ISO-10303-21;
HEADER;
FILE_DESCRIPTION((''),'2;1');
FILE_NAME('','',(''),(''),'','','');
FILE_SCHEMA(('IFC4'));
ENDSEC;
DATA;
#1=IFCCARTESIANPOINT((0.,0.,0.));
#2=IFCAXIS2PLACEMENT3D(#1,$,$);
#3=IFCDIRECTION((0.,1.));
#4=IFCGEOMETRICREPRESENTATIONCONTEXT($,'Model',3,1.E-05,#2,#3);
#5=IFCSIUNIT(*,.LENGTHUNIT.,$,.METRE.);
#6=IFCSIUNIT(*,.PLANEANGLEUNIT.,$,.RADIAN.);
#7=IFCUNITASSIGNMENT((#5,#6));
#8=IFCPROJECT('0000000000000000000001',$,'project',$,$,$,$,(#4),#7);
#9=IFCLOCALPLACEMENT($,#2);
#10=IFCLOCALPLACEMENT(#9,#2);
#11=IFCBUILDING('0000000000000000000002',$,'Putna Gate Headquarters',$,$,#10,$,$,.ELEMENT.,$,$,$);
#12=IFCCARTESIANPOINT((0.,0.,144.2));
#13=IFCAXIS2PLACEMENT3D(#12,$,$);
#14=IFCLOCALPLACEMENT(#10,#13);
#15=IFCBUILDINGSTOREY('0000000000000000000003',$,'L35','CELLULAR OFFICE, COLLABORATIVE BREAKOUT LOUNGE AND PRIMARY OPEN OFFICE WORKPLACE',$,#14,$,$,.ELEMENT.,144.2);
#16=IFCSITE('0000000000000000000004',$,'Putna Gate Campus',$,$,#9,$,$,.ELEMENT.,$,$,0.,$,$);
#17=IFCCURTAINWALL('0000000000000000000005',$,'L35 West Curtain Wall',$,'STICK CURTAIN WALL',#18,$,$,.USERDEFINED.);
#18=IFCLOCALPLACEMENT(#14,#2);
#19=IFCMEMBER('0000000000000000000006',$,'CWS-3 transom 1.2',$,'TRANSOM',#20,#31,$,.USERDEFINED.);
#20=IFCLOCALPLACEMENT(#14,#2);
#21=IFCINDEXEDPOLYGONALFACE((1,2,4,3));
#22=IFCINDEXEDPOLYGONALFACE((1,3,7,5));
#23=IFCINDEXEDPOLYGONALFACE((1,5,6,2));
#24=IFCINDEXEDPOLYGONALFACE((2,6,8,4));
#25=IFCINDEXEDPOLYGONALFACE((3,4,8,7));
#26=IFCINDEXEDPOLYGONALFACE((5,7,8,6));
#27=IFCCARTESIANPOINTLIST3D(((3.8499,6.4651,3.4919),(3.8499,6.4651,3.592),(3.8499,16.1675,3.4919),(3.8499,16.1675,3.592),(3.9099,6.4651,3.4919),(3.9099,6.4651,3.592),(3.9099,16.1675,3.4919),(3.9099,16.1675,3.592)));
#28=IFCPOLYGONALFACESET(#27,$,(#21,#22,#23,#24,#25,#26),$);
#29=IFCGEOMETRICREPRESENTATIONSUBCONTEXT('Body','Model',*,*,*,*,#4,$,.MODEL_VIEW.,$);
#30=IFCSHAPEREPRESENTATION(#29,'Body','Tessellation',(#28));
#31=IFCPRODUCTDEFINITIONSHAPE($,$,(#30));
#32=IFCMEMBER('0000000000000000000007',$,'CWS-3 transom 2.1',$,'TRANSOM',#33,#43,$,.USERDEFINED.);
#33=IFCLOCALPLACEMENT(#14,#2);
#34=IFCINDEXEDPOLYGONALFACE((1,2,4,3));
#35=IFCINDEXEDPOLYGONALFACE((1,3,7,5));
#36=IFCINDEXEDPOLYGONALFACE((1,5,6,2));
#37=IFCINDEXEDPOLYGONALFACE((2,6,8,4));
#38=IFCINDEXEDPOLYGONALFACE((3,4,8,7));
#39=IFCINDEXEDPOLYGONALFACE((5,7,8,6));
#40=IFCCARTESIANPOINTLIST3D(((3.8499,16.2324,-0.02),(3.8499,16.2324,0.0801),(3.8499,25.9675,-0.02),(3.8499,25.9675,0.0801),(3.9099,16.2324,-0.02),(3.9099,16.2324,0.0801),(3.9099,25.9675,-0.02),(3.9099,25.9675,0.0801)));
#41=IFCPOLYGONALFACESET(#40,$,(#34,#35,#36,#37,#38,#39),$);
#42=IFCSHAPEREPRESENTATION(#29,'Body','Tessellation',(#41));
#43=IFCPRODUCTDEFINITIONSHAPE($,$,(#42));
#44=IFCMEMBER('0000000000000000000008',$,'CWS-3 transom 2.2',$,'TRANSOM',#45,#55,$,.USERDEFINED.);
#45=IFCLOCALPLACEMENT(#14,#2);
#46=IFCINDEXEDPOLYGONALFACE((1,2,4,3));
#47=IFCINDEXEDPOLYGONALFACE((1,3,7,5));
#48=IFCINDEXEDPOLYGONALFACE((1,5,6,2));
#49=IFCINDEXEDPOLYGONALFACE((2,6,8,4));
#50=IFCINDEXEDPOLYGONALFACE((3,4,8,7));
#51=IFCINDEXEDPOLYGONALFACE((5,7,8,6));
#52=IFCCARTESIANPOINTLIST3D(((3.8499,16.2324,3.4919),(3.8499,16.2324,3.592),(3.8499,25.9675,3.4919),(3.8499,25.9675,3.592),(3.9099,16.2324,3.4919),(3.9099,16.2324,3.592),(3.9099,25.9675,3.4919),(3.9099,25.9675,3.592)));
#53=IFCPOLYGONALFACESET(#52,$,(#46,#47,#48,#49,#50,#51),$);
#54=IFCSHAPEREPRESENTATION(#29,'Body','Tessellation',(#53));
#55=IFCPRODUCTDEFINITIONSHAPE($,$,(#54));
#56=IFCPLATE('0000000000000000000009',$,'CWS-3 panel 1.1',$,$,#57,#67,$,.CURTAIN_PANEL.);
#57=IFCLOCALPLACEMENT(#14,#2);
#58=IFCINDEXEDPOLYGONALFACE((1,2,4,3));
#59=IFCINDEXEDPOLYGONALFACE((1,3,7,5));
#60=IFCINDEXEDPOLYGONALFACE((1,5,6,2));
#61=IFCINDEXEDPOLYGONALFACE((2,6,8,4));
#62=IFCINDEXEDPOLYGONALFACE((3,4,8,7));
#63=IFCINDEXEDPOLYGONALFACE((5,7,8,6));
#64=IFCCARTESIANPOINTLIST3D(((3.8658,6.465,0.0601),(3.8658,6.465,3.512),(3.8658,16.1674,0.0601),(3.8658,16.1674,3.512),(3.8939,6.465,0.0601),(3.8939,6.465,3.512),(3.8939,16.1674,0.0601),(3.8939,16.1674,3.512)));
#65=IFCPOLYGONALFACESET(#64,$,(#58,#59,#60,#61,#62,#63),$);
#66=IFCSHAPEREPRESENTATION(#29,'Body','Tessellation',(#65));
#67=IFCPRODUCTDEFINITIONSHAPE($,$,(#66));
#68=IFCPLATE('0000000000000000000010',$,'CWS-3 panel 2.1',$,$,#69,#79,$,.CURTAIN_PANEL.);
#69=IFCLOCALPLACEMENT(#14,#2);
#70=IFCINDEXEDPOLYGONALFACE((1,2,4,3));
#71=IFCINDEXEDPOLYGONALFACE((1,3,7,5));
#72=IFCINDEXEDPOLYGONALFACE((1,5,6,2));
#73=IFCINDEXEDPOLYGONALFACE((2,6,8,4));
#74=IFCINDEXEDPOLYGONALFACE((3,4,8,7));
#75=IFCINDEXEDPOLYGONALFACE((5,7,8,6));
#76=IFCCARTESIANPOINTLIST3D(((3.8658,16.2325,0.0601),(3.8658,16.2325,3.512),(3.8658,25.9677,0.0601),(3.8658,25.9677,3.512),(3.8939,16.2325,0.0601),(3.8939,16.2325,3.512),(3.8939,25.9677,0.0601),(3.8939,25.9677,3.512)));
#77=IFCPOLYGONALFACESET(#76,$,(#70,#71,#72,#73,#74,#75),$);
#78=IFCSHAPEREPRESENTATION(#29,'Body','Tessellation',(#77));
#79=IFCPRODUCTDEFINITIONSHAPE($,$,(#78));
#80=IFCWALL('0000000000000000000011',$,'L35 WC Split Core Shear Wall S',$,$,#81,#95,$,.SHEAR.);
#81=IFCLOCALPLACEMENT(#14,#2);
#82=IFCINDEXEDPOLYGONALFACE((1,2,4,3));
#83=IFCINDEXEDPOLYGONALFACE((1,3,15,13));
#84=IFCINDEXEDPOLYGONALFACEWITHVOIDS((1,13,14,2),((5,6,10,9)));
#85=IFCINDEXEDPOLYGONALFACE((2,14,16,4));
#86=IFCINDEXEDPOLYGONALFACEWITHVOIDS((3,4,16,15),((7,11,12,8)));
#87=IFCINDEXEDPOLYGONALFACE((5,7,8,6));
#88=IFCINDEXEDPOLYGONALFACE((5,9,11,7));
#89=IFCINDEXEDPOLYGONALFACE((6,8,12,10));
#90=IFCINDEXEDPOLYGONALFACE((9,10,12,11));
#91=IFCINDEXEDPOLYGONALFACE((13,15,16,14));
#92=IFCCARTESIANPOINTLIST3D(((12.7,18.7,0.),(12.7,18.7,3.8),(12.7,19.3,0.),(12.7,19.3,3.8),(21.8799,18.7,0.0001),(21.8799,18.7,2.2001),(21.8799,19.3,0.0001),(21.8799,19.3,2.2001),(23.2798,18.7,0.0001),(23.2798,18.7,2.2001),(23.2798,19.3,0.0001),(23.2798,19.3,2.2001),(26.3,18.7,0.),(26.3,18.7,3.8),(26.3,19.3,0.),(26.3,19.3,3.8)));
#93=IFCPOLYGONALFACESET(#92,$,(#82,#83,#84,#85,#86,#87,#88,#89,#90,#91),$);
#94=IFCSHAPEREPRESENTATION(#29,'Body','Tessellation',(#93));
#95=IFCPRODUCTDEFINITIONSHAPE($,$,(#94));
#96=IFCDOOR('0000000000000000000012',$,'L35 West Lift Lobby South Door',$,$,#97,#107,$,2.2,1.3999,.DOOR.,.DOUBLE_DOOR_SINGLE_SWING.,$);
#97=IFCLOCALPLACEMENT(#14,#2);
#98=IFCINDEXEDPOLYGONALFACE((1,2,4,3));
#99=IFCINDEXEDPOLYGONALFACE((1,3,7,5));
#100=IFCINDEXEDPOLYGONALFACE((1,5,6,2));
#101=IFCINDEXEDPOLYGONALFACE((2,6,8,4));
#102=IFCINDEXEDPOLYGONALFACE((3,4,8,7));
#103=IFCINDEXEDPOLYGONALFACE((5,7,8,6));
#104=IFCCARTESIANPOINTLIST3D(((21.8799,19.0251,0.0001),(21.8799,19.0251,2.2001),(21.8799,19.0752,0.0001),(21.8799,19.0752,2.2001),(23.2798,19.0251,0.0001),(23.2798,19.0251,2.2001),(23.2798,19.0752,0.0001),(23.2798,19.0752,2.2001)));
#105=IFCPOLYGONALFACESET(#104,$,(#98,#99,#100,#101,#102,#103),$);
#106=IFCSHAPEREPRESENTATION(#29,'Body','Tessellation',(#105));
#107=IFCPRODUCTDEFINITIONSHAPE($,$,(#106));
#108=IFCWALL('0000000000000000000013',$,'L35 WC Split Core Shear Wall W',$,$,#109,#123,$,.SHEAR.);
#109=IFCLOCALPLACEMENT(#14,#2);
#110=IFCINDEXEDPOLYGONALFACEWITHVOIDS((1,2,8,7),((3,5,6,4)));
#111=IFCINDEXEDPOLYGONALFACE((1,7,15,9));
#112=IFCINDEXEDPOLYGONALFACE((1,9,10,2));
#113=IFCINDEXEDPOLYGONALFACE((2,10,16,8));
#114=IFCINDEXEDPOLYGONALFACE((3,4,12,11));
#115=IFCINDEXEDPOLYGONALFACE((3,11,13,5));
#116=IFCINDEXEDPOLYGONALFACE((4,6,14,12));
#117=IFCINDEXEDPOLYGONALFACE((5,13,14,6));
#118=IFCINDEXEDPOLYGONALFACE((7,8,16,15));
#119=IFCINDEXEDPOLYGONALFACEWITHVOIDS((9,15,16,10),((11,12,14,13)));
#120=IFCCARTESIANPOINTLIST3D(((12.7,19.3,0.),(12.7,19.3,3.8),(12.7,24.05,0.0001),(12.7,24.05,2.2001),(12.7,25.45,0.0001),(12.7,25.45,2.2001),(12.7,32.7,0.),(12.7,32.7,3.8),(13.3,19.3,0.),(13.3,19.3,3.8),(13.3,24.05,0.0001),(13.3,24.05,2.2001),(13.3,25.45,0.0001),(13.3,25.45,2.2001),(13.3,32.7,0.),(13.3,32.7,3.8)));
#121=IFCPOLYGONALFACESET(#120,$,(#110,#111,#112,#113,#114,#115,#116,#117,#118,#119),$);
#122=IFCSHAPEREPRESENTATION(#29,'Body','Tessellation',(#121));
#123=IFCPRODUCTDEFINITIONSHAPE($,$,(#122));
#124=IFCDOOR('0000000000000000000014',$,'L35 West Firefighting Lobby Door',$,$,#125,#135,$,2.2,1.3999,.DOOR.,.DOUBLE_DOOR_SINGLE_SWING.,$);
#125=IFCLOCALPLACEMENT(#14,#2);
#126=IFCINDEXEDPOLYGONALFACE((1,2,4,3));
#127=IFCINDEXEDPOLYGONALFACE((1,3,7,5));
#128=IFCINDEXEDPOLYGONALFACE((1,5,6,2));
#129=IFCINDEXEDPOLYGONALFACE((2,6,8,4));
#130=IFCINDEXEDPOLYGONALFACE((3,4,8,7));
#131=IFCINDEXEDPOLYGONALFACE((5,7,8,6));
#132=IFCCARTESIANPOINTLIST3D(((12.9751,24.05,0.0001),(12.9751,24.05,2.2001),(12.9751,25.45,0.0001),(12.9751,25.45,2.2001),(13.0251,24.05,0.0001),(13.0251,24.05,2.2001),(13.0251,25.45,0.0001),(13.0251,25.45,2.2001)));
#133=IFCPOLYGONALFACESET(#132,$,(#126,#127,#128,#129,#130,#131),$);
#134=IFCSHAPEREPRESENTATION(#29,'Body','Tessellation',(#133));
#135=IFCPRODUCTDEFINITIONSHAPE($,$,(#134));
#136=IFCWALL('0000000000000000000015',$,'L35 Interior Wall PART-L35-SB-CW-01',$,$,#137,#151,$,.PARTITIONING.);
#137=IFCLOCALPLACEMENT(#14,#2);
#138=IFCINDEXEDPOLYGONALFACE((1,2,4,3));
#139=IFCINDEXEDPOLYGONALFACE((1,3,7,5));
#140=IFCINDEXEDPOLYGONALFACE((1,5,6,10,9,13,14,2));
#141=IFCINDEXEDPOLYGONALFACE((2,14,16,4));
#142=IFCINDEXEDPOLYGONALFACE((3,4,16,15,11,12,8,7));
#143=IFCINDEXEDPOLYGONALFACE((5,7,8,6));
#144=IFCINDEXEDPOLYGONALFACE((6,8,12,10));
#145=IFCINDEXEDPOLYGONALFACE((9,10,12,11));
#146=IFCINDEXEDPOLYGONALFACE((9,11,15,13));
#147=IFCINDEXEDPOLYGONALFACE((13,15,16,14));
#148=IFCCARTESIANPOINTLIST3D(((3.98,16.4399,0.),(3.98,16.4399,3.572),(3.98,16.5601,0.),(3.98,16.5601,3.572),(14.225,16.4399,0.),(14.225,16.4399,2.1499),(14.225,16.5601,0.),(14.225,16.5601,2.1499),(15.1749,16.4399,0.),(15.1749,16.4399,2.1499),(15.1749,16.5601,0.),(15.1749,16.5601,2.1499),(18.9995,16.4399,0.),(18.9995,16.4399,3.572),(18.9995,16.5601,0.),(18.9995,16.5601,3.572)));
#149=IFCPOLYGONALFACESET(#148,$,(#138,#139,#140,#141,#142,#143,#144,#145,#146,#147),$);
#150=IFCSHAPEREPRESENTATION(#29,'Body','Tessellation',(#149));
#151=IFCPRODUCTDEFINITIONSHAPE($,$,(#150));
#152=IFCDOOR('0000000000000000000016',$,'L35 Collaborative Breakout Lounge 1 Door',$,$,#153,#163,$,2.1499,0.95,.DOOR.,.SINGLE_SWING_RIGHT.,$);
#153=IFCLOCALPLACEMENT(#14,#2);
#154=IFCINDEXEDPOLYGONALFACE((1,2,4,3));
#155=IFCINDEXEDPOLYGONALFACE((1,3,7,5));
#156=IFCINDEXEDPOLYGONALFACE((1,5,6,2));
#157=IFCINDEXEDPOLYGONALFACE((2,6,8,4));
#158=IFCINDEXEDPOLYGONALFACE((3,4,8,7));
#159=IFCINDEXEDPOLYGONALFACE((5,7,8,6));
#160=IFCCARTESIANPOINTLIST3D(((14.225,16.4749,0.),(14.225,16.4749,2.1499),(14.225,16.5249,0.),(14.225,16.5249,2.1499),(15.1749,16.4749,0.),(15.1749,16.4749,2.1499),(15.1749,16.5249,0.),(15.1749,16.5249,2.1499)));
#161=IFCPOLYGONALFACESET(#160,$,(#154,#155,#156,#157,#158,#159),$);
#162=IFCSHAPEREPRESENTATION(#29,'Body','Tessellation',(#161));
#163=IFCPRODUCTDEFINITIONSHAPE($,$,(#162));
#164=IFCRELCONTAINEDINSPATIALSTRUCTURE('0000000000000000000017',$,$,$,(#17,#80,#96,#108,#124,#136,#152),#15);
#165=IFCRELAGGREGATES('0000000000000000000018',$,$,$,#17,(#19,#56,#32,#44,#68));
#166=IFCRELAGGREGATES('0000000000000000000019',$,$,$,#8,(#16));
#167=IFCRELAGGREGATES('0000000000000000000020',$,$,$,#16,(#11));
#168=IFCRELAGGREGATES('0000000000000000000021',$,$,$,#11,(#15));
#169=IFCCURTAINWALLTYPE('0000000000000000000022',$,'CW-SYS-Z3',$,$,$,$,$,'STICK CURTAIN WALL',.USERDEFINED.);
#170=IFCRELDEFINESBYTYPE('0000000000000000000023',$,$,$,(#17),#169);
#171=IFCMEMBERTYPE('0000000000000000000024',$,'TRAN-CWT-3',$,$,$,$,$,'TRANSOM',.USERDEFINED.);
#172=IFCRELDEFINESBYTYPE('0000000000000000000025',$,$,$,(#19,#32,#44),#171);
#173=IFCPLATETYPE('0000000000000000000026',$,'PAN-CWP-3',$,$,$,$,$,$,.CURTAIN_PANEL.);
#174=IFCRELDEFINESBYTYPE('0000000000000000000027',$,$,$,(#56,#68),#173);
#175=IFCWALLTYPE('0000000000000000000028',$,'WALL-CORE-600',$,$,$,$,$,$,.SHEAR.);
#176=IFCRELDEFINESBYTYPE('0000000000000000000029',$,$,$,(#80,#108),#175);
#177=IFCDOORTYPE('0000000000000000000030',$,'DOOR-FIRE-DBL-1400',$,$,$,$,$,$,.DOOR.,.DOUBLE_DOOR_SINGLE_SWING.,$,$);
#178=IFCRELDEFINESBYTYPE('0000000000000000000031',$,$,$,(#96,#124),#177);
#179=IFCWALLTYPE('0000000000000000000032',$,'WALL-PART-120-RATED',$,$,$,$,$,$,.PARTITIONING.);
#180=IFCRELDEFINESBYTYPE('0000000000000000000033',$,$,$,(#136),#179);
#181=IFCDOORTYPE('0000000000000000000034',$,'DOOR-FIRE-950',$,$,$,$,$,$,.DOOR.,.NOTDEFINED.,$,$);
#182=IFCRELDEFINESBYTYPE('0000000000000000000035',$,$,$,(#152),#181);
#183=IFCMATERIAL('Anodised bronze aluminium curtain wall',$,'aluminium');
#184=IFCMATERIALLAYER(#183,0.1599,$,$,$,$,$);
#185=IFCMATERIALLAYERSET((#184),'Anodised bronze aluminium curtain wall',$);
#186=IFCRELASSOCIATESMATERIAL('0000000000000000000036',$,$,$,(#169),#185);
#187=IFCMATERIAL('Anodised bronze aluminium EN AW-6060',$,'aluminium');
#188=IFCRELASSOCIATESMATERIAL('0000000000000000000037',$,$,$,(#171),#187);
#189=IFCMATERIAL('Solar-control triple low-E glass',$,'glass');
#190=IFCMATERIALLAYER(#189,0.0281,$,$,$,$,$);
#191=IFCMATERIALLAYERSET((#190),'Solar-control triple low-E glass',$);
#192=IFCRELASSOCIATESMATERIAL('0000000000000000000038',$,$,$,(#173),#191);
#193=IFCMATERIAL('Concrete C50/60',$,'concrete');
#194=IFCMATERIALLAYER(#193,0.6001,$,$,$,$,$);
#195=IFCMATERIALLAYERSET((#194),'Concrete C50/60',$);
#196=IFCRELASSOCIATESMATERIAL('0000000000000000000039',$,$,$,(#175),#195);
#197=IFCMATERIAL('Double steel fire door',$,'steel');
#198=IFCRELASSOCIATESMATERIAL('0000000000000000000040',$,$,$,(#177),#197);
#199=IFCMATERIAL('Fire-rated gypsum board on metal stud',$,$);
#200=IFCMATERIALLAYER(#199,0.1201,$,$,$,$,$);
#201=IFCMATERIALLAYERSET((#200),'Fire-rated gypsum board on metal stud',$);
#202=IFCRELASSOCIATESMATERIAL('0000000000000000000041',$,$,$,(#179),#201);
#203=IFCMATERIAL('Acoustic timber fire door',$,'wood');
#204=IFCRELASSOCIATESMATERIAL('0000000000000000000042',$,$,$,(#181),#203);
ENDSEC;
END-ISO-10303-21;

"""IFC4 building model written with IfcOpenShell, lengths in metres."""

from ifc_helpers import new_model, si_unit, direction, frame, frame_2d, origin, origin_2d, place, context, subcontext, project, spatial, rectangle, extrude, material, layer, layer_set, material_profile, profile_set, type_object, element, fill, aggregate, save


model = new_model("IFC4")

# Units and contexts
model_context = context("Model", 3, precision=1e-05, world=origin(), true_north=direction((0.0, 1.0)))
body_context = subcontext(model_context, "Body", "Model", "MODEL_VIEW")
ifc_project = project(units=[si_unit("LENGTHUNIT", "METRE"), si_unit("PLANEANGLEUNIT", "RADIAN")], contexts=[model_context])

# Site, building, storey
site_placement = place(None, origin())
site = spatial("IfcSite", under=ifc_project, at=site_placement, Name="Putna Gate Campus", CompositionType="ELEMENT", RefElevation=0.0)
building_placement = place(site_placement, origin())
building = spatial("IfcBuilding", under=site, at=building_placement, Name="Putna Gate Headquarters", CompositionType="ELEMENT")
storey_placement = place(building_placement, frame((0.0, 0.0, 144.2)))
storey = spatial("IfcBuildingStorey", under=building, at=storey_placement, Name="L35", Description="CELLULAR OFFICE, COLLABORATIVE BREAKOUT LOUNGE AND PRIMARY OPEN OFFICE WORKPLACE", CompositionType="ELEMENT", Elevation=144.2)

# Shared definitions
ifc_material_1 = material(Name="Concrete C50/60", Category="concrete")

# Curtain wall, members, plates
ifc_material_2 = material(Name="Anodised bronze aluminium curtain wall", Category="aluminium")
ifc_layer_1 = layer(ifc_material_2, 0.1599)
ifc_layer_set_1 = layer_set([ifc_layer_1], Name="Anodised bronze aluminium curtain wall")
curtain_wall_type = type_object("IfcCurtainWallType", Name="CW-SYS-Z3", ElementType="STICK CURTAIN WALL", PredefinedType="USERDEFINED", material=ifc_layer_set_1)
curtain_wall_placement = place(storey_placement, origin())
curtain_wall = element("IfcCurtainWall", 1, at=curtain_wall_placement, inside=storey, type_object=curtain_wall_type, Name="L35 West Curtain Wall", ObjectType="STICK CURTAIN WALL", PredefinedType="USERDEFINED")
ifc_material_3 = material(Name="Anodised bronze aluminium EN AW-6060", Category="aluminium")
ifc_material_profile_1 = material_profile(ifc_material_3, rectangle(XDim=0.0601, YDim=0.1001, at=origin_2d()), Name="Anodised bronze aluminium EN AW-6060")
ifc_profile_set_1 = profile_set([ifc_material_profile_1], Name="Anodised bronze aluminium EN AW-6060")
member_type_1 = type_object("IfcMemberType", Name="TRAN-CWT-3", ElementType="TRANSOM", PredefinedType="USERDEFINED", material=ifc_profile_set_1)
member_1_placement = place(storey_placement, frame((3.8799, 6.4651, 3.542), z_axis=(0.0, 1.0, 0.0), x_axis=(-1.0, 0.0, 0.0)))
member_1 = element("IfcMember", 2, at=member_1_placement, type_object=member_type_1, Name="CWS-3 transom 1.2", ObjectType="TRANSOM", PredefinedType="USERDEFINED", context=body_context, shape_type="SweptSolid", body=[
    extrude(rectangle(XDim=0.0601, YDim=0.1001, at=origin_2d()), origin(), (0.0, 0.0, 1.0), 9.7024),
])
member_2_placement = place(storey_placement, frame((3.8799, 16.2324, 0.03), z_axis=(0.0, 1.0, 0.0), x_axis=(-1.0, 0.0, 0.0)))
member_2 = element("IfcMember", 3, at=member_2_placement, type_object=member_type_1, Name="CWS-3 transom 2.1", ObjectType="TRANSOM", PredefinedType="USERDEFINED", context=body_context, shape_type="SweptSolid", body=[
    extrude(rectangle(XDim=0.0601, YDim=0.1001, at=origin_2d()), origin(), (0.0, 0.0, 1.0), 9.7351),
])
member_3_placement = place(storey_placement, frame((3.8799, 16.2324, 3.542), z_axis=(0.0, 1.0, 0.0), x_axis=(-1.0, 0.0, 0.0)))
member_3 = element("IfcMember", 4, at=member_3_placement, type_object=member_type_1, Name="CWS-3 transom 2.2", ObjectType="TRANSOM", PredefinedType="USERDEFINED", context=body_context, shape_type="SweptSolid", body=[
    extrude(rectangle(XDim=0.0601, YDim=0.1001, at=origin_2d()), origin(), (0.0, 0.0, 1.0), 9.7351),
])
ifc_material_4 = material(Name="Solar-control triple low-E glass", Category="glass")
ifc_layer_2 = layer(ifc_material_4, 0.0281)
ifc_layer_set_2 = layer_set([ifc_layer_2], Name="Solar-control triple low-E glass")
plate_type = type_object("IfcPlateType", Name="PAN-CWP-3", PredefinedType="CURTAIN_PANEL", material=ifc_layer_set_2)
plate_1_placement = place(storey_placement, frame((3.8799, 11.3162, 0.0601), z_axis=(0.0, 0.0, 1.0), x_axis=(0.0, 1.0, 0.0)))
plate_1 = element("IfcPlate", 5, at=plate_1_placement, type_object=plate_type, Name="CWS-3 panel 1.1", PredefinedType="CURTAIN_PANEL", context=body_context, shape_type="SweptSolid", body=[
    extrude(rectangle(XDim=9.7024, YDim=0.0281, at=origin_2d()), origin(), (0.0, 0.0, 1.0), 3.4519),
])
plate_2_placement = place(storey_placement, frame((3.8799, 21.1001, 0.0601), z_axis=(0.0, 0.0, 1.0), x_axis=(0.0, 1.0, 0.0)))
plate_2 = element("IfcPlate", 6, at=plate_2_placement, type_object=plate_type, Name="CWS-3 panel 2.1", PredefinedType="CURTAIN_PANEL", context=body_context, shape_type="SweptSolid", body=[
    extrude(rectangle(XDim=9.7351, YDim=0.0281, at=origin_2d()), origin(), (0.0, 0.0, 1.0), 3.4519),
])
aggregate(curtain_wall, [member_1, plate_1, member_2, member_3, plate_2])

# Walls, openings, doors
ifc_layer_3 = layer(ifc_material_1, 0.6001)
ifc_layer_set_3 = layer_set([ifc_layer_3], Name="Concrete C50/60")
wall_type_1 = type_object("IfcWallType", Name="WALL-CORE-600", PredefinedType="SHEAR", material=ifc_layer_set_3)
wall_1_placement = place(storey_placement, frame((12.7, 19.0, 0.0), z_axis=(0.0, 0.0, 1.0), x_axis=(1.0, 0.0, 0.0)))
wall_1 = element("IfcWall", 7, at=wall_1_placement, inside=storey, type_object=wall_type_1, Name="L35 WC Split Core Shear Wall S", PredefinedType="SHEAR", context=body_context, shape_type="SweptSolid", body=[
    extrude(rectangle(XDim=13.6001, YDim=0.6001, at=frame_2d((6.8, 0.0))), origin(), (0.0, 0.0, 1.0), 3.8),
])
opening_1_placement = place(wall_1_placement, frame((9.1799, 0.0, 0.0)))
opening_1 = element("IfcOpeningElement", 8, at=opening_1_placement, cuts=wall_1, PredefinedType="OPENING", context=body_context, shape_type="SweptSolid", body=[
    extrude(rectangle(XDim=1.3999, YDim=2.2, at=frame_2d((0.7, 1.1001))), frame((0.0, 0.3101, 0.0), z_axis=(0.0, -1.0, 0.0), x_axis=(1.0, 0.0, 0.0)), (0.0, 0.0, 1.0), 0.6201),
])
ifc_material_5 = material(Name="Double steel fire door", Category="steel")
door_type_1 = type_object("IfcDoorType", Name="DOOR-FIRE-DBL-1400", OperationType="DOUBLE_DOOR_SINGLE_SWING", PredefinedType="DOOR", material=ifc_material_5)
door_1_placement = place(opening_1_placement, origin())
door_1 = element("IfcDoor", 9, at=door_1_placement, inside=storey, type_object=door_type_1, Name="L35 West Lift Lobby South Door", OperationType="DOUBLE_DOOR_SINGLE_SWING", OverallHeight=2.2, OverallWidth=1.3999, PredefinedType="DOOR", context=body_context, shape_type="SweptSolid", body=[
    extrude(rectangle(XDim=1.3999, YDim=2.2, at=frame_2d((0.7, 1.1001))), frame((0.0, 0.0752, 0.0), z_axis=(0.0, -1.0, 0.0), x_axis=(1.0, 0.0, 0.0)), (0.0, 0.0, 1.0), 0.05),
])
fill(opening_1, door_1)
wall_2_placement = place(storey_placement, frame((13.0, 19.3, 0.0), z_axis=(0.0, 0.0, 1.0), x_axis=(0.0, 1.0, 0.0)))
wall_2 = element("IfcWall", 10, at=wall_2_placement, inside=storey, type_object=wall_type_1, Name="L35 WC Split Core Shear Wall W", PredefinedType="SHEAR", context=body_context, shape_type="SweptSolid", body=[
    extrude(rectangle(XDim=13.3999, YDim=0.6001, at=frame_2d((6.7, 0.0))), origin(), (0.0, 0.0, 1.0), 3.8),
])
opening_2_placement = place(wall_2_placement, frame((4.75, 0.0, 0.0)))
opening_2 = element("IfcOpeningElement", 11, at=opening_2_placement, cuts=wall_2, PredefinedType="OPENING", context=body_context, shape_type="SweptSolid", body=[
    extrude(rectangle(XDim=1.3999, YDim=2.2, at=frame_2d((0.7, 1.1001))), frame((0.0, 0.3101, 0.0), z_axis=(0.0, -1.0, 0.0), x_axis=(1.0, 0.0, 0.0)), (0.0, 0.0, 1.0), 0.6201),
])
door_2_placement = place(opening_2_placement, origin())
door_2 = element("IfcDoor", 12, at=door_2_placement, inside=storey, type_object=door_type_1, Name="L35 West Firefighting Lobby Door", OperationType="DOUBLE_DOOR_SINGLE_SWING", OverallHeight=2.2, OverallWidth=1.3999, PredefinedType="DOOR", context=body_context, shape_type="SweptSolid", body=[
    extrude(rectangle(XDim=1.3999, YDim=2.2, at=frame_2d((0.7, 1.1001))), frame((0.0, 0.0249, 0.0), z_axis=(0.0, -1.0, 0.0), x_axis=(1.0, 0.0, 0.0)), (0.0, 0.0, 1.0), 0.05),
])
fill(opening_2, door_2)
ifc_material_6 = material(Name="Fire-rated gypsum board on metal stud")
ifc_layer_4 = layer(ifc_material_6, 0.1201)
ifc_layer_set_4 = layer_set([ifc_layer_4], Name="Fire-rated gypsum board on metal stud")
wall_type_2 = type_object("IfcWallType", Name="WALL-PART-120-RATED", PredefinedType="PARTITIONING", material=ifc_layer_set_4)
wall_3_placement = place(storey_placement, frame((3.98, 16.5, 0.0), z_axis=(0.0, 0.0, 1.0), x_axis=(1.0, 0.0, 0.0)))
wall_3 = element("IfcWall", 13, at=wall_3_placement, inside=storey, type_object=wall_type_2, Name="L35 Interior Wall PART-L35-SB-CW-01", PredefinedType="PARTITIONING", context=body_context, shape_type="SweptSolid", body=[
    extrude(rectangle(XDim=15.0195, YDim=0.1201, at=frame_2d((7.5098, 0.0))), origin(), (0.0, 0.0, 1.0), 3.572),
])
opening_3_placement = place(wall_3_placement, frame((10.2449, 0.0, 0.0)))
opening_3 = element("IfcOpeningElement", 14, at=opening_3_placement, cuts=wall_3, PredefinedType="OPENING", context=body_context, shape_type="SweptSolid", body=[
    extrude(rectangle(XDim=0.95, YDim=2.1499, at=frame_2d((0.4751, 1.075))), frame((0.0, 0.0701, 0.0), z_axis=(0.0, -1.0, 0.0), x_axis=(1.0, 0.0, 0.0)), (0.0, 0.0, 1.0), 0.1401),
])
ifc_material_7 = material(Name="Acoustic timber fire door", Category="wood")
door_type_2 = type_object("IfcDoorType", Name="DOOR-FIRE-950", OperationType="NOTDEFINED", PredefinedType="DOOR", material=ifc_material_7)
door_3_placement = place(opening_3_placement, origin())
door_3 = element("IfcDoor", 15, at=door_3_placement, inside=storey, type_object=door_type_2, Name="L35 Collaborative Breakout Lounge 1 Door", OperationType="SINGLE_SWING_RIGHT", OverallHeight=2.1499, OverallWidth=0.95, PredefinedType="DOOR", context=body_context, shape_type="SweptSolid", body=[
    extrude(rectangle(XDim=0.95, YDim=2.1499, at=frame_2d((0.4751, 1.075))), frame((0.0, 0.0249, 0.0), z_axis=(0.0, -1.0, 0.0), x_axis=(1.0, 0.0, 0.0)), (0.0, 0.0, 1.0), 0.05),
])
fill(opening_3, door_3)

save(model, "model.ifc")
